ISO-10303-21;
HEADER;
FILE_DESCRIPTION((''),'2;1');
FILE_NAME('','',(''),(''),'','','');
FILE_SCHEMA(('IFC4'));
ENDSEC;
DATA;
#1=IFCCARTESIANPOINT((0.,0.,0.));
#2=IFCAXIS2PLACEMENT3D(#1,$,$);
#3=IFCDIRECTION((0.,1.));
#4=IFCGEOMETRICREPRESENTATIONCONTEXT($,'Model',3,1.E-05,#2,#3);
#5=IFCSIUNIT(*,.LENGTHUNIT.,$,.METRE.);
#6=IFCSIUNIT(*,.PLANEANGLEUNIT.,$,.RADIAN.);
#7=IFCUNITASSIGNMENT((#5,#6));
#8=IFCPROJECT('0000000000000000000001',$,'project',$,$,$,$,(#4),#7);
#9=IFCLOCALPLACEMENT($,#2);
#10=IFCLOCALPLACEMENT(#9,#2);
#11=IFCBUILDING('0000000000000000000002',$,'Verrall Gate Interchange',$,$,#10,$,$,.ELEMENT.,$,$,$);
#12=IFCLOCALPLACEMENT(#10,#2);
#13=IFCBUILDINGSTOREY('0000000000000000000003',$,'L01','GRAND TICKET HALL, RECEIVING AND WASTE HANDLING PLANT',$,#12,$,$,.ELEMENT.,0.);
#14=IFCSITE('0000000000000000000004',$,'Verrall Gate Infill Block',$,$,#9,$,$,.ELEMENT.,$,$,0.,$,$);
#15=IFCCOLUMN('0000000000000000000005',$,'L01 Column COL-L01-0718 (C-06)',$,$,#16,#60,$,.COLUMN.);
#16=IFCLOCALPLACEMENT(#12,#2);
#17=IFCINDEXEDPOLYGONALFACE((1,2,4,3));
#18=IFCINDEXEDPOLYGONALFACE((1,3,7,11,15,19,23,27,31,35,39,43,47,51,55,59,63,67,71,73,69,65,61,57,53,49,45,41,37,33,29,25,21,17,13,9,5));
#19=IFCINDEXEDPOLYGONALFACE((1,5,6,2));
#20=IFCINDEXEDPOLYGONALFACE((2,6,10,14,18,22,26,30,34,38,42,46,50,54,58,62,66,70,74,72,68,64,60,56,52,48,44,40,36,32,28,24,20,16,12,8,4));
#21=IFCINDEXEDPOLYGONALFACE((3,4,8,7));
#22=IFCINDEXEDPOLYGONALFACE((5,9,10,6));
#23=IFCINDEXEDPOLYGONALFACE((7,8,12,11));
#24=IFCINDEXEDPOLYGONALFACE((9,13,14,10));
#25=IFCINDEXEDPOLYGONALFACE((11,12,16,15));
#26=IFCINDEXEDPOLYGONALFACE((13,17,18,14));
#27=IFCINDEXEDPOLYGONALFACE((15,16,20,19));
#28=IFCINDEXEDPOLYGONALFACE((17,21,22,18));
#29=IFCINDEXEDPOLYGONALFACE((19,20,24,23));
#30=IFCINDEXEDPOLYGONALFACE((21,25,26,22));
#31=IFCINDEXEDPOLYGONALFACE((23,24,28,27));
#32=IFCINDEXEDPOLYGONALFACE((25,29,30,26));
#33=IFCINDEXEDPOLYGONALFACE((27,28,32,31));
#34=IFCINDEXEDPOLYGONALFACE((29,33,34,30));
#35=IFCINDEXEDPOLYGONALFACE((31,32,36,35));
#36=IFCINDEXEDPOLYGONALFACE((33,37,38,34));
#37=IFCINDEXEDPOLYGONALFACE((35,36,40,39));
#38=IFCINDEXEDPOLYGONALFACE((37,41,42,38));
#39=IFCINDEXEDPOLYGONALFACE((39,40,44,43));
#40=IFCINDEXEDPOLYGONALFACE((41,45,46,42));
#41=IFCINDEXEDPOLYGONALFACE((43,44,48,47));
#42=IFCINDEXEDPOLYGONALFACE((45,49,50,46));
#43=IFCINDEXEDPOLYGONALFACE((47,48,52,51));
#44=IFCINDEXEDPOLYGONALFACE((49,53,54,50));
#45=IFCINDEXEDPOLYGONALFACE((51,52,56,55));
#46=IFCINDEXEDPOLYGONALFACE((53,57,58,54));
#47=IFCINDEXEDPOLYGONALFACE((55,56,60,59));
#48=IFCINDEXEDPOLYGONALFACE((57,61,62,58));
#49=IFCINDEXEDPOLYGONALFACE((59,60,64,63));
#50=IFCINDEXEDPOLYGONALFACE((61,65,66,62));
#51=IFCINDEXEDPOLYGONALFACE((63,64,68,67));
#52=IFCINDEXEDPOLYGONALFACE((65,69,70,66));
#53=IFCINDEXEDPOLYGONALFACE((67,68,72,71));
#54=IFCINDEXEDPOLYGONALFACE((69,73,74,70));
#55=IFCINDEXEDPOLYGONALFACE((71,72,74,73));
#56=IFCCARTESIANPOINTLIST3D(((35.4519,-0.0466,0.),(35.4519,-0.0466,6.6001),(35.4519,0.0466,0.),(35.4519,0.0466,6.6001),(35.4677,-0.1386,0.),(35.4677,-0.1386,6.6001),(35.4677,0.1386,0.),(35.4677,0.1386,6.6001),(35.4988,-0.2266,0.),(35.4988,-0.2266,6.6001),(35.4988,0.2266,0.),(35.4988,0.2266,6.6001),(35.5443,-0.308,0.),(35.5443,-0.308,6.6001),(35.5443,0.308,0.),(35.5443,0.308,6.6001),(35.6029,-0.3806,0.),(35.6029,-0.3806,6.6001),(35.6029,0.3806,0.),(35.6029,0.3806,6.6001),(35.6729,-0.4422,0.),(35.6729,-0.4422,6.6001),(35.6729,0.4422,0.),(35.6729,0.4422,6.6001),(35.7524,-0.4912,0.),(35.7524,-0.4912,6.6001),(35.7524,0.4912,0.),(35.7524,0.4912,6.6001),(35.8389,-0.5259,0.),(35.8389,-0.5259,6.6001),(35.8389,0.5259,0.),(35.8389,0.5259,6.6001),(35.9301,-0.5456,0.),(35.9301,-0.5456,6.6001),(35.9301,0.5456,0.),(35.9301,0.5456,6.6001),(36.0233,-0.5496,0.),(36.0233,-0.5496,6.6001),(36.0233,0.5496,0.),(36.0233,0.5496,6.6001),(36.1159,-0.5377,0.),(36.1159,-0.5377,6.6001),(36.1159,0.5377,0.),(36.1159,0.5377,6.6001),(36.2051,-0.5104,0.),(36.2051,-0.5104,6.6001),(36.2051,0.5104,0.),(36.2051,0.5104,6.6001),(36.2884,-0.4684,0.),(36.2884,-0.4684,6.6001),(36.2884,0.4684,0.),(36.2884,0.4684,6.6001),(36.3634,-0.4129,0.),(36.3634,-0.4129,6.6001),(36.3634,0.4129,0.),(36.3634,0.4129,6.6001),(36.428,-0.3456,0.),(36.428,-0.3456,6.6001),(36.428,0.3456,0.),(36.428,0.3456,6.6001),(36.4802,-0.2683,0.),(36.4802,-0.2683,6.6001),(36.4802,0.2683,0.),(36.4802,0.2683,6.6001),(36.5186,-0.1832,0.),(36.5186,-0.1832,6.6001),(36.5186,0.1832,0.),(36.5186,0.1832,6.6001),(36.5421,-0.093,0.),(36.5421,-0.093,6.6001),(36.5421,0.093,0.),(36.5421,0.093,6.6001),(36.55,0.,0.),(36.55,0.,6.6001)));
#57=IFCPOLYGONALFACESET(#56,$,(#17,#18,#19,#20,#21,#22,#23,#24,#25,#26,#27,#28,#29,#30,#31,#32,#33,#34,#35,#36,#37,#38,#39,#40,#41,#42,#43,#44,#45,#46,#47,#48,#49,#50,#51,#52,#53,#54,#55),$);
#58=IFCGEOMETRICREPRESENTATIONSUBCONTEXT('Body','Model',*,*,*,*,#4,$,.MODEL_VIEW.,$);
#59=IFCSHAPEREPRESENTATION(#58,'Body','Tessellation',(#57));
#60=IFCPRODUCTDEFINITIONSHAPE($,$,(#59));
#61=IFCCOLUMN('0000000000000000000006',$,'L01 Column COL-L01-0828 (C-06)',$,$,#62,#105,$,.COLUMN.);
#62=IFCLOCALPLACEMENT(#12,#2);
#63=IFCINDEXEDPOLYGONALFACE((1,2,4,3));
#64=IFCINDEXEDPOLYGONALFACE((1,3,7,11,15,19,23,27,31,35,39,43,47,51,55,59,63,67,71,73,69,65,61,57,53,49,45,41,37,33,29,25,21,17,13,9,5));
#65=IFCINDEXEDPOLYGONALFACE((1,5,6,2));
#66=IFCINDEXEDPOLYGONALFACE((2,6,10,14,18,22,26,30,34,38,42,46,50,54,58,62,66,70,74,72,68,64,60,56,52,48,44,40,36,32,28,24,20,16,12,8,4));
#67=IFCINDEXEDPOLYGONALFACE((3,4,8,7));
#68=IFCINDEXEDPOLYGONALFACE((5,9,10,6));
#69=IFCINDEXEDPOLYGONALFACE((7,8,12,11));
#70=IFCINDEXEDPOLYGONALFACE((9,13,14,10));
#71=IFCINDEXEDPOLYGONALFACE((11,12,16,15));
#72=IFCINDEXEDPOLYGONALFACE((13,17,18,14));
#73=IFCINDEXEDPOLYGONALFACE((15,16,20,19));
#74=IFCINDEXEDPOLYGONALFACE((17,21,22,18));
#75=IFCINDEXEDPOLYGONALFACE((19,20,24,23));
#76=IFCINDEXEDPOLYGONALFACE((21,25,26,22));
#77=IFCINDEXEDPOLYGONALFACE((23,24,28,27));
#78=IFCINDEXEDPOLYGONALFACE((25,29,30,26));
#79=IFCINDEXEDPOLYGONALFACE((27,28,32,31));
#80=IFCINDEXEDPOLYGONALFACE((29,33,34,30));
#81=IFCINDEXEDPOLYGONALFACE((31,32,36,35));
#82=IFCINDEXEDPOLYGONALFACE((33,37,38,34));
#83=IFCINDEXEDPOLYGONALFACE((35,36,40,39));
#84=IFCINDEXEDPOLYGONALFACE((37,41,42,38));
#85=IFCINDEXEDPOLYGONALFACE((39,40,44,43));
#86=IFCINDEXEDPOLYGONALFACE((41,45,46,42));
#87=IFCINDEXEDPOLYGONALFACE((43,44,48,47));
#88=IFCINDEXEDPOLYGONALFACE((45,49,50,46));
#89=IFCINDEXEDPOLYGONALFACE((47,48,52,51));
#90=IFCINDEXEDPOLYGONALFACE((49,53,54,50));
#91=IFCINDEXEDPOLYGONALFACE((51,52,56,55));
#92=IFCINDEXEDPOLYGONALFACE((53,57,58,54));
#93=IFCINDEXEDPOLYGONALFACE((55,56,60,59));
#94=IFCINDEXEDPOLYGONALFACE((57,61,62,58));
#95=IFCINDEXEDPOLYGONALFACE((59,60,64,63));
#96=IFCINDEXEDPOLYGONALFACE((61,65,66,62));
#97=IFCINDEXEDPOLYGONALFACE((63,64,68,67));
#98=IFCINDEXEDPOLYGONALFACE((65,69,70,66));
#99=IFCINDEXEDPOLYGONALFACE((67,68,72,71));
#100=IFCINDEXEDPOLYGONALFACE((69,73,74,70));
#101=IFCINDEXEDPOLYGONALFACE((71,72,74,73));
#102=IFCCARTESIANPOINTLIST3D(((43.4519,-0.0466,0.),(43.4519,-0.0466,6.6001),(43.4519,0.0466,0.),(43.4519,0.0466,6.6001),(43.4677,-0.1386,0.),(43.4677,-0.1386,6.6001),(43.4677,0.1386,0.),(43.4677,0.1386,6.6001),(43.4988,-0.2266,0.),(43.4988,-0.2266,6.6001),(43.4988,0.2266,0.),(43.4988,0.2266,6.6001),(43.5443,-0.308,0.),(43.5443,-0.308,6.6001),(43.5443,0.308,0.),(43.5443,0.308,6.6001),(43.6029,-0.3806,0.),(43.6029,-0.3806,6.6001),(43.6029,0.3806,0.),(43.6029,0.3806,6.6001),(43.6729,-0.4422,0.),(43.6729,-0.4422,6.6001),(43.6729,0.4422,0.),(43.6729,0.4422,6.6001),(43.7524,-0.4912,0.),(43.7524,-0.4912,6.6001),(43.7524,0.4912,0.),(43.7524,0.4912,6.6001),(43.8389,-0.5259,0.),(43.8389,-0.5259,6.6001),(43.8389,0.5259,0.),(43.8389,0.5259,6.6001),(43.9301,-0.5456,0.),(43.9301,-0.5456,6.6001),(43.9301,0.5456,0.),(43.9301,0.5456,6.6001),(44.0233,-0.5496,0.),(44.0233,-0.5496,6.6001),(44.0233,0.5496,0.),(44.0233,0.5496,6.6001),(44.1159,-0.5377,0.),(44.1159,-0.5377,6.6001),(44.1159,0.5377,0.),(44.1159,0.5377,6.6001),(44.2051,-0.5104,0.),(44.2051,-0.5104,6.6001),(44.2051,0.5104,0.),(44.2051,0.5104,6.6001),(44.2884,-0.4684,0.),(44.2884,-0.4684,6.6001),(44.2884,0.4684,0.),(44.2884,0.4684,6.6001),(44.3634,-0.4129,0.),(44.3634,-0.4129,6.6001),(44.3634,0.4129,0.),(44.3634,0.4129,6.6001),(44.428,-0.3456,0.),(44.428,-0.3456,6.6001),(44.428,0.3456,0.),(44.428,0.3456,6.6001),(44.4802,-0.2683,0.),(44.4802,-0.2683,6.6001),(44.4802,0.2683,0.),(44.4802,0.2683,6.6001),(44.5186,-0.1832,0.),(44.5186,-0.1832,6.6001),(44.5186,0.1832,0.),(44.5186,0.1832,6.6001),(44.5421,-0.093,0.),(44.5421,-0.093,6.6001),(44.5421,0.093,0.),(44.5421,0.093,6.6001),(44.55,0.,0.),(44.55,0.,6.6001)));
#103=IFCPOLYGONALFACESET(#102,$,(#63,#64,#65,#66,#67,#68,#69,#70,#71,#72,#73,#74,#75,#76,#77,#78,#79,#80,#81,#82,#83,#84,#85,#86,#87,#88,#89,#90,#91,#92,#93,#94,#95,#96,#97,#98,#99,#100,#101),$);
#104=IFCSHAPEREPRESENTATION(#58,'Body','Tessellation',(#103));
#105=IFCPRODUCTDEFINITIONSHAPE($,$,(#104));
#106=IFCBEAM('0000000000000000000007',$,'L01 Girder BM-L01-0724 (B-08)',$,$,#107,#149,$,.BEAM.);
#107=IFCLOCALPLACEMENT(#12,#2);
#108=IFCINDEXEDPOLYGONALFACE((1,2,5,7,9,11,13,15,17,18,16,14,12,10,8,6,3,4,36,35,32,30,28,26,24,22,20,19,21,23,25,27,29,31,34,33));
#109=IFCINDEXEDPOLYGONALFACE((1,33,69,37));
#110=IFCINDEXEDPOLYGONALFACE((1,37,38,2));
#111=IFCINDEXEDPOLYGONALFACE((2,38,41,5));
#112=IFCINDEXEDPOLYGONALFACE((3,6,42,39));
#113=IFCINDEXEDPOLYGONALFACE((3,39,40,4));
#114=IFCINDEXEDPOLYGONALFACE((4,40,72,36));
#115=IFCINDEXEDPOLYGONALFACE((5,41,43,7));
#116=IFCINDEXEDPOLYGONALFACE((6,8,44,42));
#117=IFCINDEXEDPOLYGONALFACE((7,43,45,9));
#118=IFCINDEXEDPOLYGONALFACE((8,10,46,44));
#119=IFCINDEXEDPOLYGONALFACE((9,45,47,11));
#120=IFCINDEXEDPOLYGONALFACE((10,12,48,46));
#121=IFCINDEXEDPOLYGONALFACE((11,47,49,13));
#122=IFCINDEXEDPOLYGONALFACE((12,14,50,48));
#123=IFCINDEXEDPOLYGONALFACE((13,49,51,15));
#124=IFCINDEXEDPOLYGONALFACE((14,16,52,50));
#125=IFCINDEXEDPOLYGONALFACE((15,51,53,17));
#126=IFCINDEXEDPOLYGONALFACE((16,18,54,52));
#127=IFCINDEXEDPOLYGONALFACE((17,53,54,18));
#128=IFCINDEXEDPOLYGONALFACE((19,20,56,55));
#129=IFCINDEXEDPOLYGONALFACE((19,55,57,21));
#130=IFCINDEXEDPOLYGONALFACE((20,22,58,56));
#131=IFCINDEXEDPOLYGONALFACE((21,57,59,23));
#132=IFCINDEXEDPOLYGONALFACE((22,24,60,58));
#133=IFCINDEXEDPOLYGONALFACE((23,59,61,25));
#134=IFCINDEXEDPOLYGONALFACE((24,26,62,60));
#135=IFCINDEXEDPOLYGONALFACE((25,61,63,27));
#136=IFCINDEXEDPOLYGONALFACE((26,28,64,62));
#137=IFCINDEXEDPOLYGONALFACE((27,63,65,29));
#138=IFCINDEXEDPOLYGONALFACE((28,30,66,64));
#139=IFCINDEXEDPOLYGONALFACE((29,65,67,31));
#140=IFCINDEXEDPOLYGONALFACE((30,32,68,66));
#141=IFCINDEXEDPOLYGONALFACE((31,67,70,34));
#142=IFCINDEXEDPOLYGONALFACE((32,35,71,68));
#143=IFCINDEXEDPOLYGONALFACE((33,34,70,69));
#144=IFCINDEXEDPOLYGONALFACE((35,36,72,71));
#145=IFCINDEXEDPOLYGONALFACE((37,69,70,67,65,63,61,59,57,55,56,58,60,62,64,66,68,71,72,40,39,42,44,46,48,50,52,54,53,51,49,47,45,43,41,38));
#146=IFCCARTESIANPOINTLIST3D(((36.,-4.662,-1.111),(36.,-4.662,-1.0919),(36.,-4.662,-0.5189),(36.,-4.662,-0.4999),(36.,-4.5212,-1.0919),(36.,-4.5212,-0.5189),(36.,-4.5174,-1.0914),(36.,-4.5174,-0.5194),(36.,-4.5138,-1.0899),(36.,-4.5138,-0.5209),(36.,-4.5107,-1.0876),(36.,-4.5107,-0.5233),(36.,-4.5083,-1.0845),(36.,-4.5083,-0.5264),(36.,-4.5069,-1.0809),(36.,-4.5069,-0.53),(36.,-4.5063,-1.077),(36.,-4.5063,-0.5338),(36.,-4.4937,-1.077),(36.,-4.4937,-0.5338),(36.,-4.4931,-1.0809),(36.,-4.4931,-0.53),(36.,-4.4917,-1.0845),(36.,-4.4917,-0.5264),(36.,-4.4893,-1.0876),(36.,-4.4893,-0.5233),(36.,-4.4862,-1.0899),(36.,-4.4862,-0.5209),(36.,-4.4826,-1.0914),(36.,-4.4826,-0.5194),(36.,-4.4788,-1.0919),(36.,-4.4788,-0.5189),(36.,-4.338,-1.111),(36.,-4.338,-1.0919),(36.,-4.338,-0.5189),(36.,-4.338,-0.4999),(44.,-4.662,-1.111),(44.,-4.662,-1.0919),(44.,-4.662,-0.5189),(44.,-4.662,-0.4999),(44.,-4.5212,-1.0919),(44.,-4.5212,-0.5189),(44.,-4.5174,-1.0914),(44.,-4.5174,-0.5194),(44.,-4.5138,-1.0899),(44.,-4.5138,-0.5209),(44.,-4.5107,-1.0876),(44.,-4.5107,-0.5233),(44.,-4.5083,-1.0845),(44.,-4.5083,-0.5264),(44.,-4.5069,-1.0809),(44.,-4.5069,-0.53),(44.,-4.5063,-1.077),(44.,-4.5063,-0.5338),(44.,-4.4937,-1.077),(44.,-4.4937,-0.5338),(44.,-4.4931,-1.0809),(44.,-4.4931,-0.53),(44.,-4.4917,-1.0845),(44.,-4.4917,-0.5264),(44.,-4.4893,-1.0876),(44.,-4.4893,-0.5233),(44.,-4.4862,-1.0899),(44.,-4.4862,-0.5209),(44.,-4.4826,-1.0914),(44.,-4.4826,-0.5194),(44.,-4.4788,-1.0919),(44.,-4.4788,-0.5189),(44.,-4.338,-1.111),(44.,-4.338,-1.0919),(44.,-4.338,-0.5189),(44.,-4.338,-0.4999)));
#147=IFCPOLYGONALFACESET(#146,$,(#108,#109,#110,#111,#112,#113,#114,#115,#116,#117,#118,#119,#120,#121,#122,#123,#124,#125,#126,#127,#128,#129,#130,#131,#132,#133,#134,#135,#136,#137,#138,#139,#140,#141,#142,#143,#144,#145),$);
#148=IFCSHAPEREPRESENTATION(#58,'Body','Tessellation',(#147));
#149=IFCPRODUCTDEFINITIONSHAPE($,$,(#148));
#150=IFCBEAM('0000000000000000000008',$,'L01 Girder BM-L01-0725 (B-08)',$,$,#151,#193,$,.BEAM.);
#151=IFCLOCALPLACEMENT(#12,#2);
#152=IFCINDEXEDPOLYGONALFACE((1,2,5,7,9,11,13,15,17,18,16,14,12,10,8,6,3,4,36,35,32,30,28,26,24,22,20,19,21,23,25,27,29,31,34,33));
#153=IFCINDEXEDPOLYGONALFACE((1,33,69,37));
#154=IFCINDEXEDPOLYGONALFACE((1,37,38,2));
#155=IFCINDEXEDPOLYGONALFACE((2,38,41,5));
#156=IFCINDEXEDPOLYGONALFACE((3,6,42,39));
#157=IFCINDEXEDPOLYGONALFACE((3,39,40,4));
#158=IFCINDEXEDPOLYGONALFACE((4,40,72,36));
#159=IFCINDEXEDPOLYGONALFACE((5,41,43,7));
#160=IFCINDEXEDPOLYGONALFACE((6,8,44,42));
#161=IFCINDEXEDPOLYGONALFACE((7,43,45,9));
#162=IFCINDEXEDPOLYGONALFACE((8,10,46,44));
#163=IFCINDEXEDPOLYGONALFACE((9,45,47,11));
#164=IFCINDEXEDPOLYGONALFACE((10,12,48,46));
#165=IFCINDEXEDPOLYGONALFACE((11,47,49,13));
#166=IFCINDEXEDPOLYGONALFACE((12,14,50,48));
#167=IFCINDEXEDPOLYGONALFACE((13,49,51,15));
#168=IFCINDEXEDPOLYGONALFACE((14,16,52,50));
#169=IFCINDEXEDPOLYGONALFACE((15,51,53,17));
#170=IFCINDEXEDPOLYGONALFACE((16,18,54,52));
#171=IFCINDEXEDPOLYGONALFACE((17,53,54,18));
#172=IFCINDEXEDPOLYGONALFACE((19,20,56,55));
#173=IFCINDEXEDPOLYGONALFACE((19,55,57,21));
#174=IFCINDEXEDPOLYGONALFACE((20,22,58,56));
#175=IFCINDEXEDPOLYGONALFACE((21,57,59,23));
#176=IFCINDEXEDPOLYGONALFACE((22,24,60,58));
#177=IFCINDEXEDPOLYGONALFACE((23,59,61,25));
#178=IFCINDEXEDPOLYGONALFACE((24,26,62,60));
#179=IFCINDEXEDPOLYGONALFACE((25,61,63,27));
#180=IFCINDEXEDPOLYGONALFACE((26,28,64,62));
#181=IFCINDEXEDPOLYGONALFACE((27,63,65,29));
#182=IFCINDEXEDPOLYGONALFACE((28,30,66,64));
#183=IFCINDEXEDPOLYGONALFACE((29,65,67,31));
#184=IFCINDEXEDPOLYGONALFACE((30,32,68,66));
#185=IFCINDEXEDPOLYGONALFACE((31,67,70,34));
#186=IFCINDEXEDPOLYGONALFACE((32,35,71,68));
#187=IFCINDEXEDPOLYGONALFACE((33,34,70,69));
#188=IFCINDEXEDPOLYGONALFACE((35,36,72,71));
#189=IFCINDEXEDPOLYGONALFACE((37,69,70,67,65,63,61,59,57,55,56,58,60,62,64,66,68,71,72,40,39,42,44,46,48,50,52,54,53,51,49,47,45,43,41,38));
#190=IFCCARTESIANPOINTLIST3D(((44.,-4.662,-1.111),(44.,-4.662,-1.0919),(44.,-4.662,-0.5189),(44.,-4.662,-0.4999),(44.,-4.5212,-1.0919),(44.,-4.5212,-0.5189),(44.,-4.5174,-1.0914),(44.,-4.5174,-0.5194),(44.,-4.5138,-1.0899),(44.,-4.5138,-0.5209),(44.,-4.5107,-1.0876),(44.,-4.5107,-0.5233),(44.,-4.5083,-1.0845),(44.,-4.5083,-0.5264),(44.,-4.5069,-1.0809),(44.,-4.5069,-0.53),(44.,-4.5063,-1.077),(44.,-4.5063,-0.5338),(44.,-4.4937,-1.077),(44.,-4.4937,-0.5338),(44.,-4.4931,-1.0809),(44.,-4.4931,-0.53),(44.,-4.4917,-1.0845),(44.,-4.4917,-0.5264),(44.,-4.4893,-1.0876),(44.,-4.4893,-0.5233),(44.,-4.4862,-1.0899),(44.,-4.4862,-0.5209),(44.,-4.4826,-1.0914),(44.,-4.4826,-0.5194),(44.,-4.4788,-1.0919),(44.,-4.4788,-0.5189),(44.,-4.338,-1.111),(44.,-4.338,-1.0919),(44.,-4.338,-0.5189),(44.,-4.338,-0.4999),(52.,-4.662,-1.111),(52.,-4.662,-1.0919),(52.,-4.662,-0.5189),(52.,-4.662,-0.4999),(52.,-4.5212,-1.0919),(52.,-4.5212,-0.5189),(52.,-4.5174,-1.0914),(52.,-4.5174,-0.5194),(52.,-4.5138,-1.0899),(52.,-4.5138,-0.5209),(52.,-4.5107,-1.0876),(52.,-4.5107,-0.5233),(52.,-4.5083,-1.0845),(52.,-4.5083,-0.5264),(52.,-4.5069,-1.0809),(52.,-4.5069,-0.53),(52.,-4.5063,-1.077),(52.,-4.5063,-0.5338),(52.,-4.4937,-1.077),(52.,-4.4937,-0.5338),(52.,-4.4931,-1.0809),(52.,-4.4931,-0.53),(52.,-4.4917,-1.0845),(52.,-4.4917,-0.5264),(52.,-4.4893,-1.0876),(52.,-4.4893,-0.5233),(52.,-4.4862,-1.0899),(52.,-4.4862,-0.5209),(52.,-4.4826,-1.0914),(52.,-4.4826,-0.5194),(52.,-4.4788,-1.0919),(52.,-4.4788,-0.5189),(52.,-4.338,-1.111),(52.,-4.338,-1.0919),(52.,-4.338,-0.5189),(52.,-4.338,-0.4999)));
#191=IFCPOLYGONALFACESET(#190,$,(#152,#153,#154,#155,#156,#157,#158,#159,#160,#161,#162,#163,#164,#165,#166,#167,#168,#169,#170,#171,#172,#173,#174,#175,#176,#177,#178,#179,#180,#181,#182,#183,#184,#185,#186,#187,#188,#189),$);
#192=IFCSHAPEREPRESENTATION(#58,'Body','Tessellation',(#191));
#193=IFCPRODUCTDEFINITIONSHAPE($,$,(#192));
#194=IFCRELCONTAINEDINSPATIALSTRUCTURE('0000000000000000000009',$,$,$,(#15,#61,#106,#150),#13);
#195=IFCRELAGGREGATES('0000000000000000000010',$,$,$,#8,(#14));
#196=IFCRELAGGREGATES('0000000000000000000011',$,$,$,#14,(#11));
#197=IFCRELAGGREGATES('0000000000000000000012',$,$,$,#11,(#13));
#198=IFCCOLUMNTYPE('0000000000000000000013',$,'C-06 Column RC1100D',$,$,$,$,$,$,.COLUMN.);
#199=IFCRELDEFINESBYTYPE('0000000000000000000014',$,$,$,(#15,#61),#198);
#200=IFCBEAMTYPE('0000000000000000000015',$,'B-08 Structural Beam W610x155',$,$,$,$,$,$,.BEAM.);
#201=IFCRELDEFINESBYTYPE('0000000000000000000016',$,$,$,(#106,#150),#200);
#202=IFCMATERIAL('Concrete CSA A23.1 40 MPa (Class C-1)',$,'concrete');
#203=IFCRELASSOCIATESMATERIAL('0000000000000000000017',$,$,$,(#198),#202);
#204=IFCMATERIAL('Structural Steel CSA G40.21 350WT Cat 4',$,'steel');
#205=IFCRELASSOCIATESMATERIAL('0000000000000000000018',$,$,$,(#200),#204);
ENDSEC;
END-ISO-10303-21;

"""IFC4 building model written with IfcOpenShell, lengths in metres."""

from ifc_helpers import new_model, si_unit, direction, frame, origin, origin_2d, place, context, subcontext, project, spatial, circle, i_section, extrude, material, material_profile, profile_set, type_object, element, save


model = new_model("IFC4")

# Units and contexts
model_context = context("Model", 3, precision=1e-05, world=origin(), true_north=direction((0.0, 1.0)))
body_context = subcontext(model_context, "Body", "Model", "MODEL_VIEW")
ifc_project = project(units=[si_unit("LENGTHUNIT", "METRE"), si_unit("PLANEANGLEUNIT", "RADIAN")], contexts=[model_context])

# Site, building, storey
site_placement = place(None, origin())
site = spatial("IfcSite", under=ifc_project, at=site_placement, Name="Verrall Gate Infill Block", CompositionType="ELEMENT", RefElevation=0.0)
building_placement = place(site_placement, origin())
building = spatial("IfcBuilding", under=site, at=building_placement, Name="Verrall Gate Interchange", CompositionType="ELEMENT")
storey_placement = place(building_placement, origin())
storey = spatial("IfcBuildingStorey", under=building, at=storey_placement, Name="L01", Description="GRAND TICKET HALL, RECEIVING AND WASTE HANDLING PLANT", CompositionType="ELEMENT", Elevation=0.0)

# Columns
ifc_material_1 = material(Name="Concrete CSA A23.1 40 MPa (Class C-1)", Category="concrete")
ifc_material_profile_1 = material_profile(ifc_material_1, circle(Radius=0.55, at=origin_2d()), Name="RC1100D")
ifc_profile_set_1 = profile_set([ifc_material_profile_1], Name="Concrete CSA A23.1 40 MPa (Class C-1)")
column_type = type_object("IfcColumnType", Name="C-06 Column RC1100D", PredefinedType="COLUMN", material=ifc_profile_set_1)
for number, where, z_axis, x_axis, name in (
    (1, (36.0, 0.0, 0.0), (0.0, 0.0, 1.0), (1.0, 0.0, 0.0), "L01 Column COL-L01-0718 (C-06)"),
    (2, (44.0, 0.0, 0.0), (0.0, 0.0, 1.0), (1.0, 0.0, 0.0), "L01 Column COL-L01-0828 (C-06)"),
):
    element("IfcColumn", number, at=place(storey_placement, frame(where, z_axis=z_axis, x_axis=x_axis)), inside=storey, type_object=column_type, Name=name, PredefinedType="COLUMN", context=body_context, shape_type="SweptSolid", body=[
        extrude(circle(Radius=0.55, at=origin_2d()), origin(), (0.0, 0.0, 1.0), 6.6001),
    ])

# Beams
ifc_material_2 = material(Name="Structural Steel CSA G40.21 350WT Cat 4", Category="steel")
ifc_material_profile_2 = material_profile(ifc_material_2, i_section(OverallWidth=0.324, OverallDepth=0.6111, WebThickness=0.0127, FlangeThickness=0.019, FilletRadius=0.0149, at=origin_2d()), Name="W610x155")
ifc_profile_set_2 = profile_set([ifc_material_profile_2], Name="Structural Steel CSA G40.21 350WT Cat 4")
beam_type_1 = type_object("IfcBeamType", Name="B-08 Structural Beam W610x155", PredefinedType="BEAM", material=ifc_profile_set_2)
for number, where, z_axis, x_axis, name in (
    (3, (36.0, -4.5, -0.8054), (1.0, 0.0, 0.0), (0.0, 1.0, 0.0), "L01 Girder BM-L01-0724 (B-08)"),
    (4, (44.0, -4.5, -0.8054), (1.0, 0.0, 0.0), (0.0, 1.0, 0.0), "L01 Girder BM-L01-0725 (B-08)"),
):
    element("IfcBeam", number, at=place(storey_placement, frame(where, z_axis=z_axis, x_axis=x_axis)), inside=storey, type_object=beam_type_1, Name=name, PredefinedType="BEAM", context=body_context, shape_type="SweptSolid", body=[
        extrude(i_section(OverallWidth=0.324, OverallDepth=0.6111, WebThickness=0.0127, FlangeThickness=0.019, FilletRadius=0.0149, at=origin_2d()), origin(), (0.0, 0.0, 1.0), 8.0),
    ])

save(model, "model.ifc")
